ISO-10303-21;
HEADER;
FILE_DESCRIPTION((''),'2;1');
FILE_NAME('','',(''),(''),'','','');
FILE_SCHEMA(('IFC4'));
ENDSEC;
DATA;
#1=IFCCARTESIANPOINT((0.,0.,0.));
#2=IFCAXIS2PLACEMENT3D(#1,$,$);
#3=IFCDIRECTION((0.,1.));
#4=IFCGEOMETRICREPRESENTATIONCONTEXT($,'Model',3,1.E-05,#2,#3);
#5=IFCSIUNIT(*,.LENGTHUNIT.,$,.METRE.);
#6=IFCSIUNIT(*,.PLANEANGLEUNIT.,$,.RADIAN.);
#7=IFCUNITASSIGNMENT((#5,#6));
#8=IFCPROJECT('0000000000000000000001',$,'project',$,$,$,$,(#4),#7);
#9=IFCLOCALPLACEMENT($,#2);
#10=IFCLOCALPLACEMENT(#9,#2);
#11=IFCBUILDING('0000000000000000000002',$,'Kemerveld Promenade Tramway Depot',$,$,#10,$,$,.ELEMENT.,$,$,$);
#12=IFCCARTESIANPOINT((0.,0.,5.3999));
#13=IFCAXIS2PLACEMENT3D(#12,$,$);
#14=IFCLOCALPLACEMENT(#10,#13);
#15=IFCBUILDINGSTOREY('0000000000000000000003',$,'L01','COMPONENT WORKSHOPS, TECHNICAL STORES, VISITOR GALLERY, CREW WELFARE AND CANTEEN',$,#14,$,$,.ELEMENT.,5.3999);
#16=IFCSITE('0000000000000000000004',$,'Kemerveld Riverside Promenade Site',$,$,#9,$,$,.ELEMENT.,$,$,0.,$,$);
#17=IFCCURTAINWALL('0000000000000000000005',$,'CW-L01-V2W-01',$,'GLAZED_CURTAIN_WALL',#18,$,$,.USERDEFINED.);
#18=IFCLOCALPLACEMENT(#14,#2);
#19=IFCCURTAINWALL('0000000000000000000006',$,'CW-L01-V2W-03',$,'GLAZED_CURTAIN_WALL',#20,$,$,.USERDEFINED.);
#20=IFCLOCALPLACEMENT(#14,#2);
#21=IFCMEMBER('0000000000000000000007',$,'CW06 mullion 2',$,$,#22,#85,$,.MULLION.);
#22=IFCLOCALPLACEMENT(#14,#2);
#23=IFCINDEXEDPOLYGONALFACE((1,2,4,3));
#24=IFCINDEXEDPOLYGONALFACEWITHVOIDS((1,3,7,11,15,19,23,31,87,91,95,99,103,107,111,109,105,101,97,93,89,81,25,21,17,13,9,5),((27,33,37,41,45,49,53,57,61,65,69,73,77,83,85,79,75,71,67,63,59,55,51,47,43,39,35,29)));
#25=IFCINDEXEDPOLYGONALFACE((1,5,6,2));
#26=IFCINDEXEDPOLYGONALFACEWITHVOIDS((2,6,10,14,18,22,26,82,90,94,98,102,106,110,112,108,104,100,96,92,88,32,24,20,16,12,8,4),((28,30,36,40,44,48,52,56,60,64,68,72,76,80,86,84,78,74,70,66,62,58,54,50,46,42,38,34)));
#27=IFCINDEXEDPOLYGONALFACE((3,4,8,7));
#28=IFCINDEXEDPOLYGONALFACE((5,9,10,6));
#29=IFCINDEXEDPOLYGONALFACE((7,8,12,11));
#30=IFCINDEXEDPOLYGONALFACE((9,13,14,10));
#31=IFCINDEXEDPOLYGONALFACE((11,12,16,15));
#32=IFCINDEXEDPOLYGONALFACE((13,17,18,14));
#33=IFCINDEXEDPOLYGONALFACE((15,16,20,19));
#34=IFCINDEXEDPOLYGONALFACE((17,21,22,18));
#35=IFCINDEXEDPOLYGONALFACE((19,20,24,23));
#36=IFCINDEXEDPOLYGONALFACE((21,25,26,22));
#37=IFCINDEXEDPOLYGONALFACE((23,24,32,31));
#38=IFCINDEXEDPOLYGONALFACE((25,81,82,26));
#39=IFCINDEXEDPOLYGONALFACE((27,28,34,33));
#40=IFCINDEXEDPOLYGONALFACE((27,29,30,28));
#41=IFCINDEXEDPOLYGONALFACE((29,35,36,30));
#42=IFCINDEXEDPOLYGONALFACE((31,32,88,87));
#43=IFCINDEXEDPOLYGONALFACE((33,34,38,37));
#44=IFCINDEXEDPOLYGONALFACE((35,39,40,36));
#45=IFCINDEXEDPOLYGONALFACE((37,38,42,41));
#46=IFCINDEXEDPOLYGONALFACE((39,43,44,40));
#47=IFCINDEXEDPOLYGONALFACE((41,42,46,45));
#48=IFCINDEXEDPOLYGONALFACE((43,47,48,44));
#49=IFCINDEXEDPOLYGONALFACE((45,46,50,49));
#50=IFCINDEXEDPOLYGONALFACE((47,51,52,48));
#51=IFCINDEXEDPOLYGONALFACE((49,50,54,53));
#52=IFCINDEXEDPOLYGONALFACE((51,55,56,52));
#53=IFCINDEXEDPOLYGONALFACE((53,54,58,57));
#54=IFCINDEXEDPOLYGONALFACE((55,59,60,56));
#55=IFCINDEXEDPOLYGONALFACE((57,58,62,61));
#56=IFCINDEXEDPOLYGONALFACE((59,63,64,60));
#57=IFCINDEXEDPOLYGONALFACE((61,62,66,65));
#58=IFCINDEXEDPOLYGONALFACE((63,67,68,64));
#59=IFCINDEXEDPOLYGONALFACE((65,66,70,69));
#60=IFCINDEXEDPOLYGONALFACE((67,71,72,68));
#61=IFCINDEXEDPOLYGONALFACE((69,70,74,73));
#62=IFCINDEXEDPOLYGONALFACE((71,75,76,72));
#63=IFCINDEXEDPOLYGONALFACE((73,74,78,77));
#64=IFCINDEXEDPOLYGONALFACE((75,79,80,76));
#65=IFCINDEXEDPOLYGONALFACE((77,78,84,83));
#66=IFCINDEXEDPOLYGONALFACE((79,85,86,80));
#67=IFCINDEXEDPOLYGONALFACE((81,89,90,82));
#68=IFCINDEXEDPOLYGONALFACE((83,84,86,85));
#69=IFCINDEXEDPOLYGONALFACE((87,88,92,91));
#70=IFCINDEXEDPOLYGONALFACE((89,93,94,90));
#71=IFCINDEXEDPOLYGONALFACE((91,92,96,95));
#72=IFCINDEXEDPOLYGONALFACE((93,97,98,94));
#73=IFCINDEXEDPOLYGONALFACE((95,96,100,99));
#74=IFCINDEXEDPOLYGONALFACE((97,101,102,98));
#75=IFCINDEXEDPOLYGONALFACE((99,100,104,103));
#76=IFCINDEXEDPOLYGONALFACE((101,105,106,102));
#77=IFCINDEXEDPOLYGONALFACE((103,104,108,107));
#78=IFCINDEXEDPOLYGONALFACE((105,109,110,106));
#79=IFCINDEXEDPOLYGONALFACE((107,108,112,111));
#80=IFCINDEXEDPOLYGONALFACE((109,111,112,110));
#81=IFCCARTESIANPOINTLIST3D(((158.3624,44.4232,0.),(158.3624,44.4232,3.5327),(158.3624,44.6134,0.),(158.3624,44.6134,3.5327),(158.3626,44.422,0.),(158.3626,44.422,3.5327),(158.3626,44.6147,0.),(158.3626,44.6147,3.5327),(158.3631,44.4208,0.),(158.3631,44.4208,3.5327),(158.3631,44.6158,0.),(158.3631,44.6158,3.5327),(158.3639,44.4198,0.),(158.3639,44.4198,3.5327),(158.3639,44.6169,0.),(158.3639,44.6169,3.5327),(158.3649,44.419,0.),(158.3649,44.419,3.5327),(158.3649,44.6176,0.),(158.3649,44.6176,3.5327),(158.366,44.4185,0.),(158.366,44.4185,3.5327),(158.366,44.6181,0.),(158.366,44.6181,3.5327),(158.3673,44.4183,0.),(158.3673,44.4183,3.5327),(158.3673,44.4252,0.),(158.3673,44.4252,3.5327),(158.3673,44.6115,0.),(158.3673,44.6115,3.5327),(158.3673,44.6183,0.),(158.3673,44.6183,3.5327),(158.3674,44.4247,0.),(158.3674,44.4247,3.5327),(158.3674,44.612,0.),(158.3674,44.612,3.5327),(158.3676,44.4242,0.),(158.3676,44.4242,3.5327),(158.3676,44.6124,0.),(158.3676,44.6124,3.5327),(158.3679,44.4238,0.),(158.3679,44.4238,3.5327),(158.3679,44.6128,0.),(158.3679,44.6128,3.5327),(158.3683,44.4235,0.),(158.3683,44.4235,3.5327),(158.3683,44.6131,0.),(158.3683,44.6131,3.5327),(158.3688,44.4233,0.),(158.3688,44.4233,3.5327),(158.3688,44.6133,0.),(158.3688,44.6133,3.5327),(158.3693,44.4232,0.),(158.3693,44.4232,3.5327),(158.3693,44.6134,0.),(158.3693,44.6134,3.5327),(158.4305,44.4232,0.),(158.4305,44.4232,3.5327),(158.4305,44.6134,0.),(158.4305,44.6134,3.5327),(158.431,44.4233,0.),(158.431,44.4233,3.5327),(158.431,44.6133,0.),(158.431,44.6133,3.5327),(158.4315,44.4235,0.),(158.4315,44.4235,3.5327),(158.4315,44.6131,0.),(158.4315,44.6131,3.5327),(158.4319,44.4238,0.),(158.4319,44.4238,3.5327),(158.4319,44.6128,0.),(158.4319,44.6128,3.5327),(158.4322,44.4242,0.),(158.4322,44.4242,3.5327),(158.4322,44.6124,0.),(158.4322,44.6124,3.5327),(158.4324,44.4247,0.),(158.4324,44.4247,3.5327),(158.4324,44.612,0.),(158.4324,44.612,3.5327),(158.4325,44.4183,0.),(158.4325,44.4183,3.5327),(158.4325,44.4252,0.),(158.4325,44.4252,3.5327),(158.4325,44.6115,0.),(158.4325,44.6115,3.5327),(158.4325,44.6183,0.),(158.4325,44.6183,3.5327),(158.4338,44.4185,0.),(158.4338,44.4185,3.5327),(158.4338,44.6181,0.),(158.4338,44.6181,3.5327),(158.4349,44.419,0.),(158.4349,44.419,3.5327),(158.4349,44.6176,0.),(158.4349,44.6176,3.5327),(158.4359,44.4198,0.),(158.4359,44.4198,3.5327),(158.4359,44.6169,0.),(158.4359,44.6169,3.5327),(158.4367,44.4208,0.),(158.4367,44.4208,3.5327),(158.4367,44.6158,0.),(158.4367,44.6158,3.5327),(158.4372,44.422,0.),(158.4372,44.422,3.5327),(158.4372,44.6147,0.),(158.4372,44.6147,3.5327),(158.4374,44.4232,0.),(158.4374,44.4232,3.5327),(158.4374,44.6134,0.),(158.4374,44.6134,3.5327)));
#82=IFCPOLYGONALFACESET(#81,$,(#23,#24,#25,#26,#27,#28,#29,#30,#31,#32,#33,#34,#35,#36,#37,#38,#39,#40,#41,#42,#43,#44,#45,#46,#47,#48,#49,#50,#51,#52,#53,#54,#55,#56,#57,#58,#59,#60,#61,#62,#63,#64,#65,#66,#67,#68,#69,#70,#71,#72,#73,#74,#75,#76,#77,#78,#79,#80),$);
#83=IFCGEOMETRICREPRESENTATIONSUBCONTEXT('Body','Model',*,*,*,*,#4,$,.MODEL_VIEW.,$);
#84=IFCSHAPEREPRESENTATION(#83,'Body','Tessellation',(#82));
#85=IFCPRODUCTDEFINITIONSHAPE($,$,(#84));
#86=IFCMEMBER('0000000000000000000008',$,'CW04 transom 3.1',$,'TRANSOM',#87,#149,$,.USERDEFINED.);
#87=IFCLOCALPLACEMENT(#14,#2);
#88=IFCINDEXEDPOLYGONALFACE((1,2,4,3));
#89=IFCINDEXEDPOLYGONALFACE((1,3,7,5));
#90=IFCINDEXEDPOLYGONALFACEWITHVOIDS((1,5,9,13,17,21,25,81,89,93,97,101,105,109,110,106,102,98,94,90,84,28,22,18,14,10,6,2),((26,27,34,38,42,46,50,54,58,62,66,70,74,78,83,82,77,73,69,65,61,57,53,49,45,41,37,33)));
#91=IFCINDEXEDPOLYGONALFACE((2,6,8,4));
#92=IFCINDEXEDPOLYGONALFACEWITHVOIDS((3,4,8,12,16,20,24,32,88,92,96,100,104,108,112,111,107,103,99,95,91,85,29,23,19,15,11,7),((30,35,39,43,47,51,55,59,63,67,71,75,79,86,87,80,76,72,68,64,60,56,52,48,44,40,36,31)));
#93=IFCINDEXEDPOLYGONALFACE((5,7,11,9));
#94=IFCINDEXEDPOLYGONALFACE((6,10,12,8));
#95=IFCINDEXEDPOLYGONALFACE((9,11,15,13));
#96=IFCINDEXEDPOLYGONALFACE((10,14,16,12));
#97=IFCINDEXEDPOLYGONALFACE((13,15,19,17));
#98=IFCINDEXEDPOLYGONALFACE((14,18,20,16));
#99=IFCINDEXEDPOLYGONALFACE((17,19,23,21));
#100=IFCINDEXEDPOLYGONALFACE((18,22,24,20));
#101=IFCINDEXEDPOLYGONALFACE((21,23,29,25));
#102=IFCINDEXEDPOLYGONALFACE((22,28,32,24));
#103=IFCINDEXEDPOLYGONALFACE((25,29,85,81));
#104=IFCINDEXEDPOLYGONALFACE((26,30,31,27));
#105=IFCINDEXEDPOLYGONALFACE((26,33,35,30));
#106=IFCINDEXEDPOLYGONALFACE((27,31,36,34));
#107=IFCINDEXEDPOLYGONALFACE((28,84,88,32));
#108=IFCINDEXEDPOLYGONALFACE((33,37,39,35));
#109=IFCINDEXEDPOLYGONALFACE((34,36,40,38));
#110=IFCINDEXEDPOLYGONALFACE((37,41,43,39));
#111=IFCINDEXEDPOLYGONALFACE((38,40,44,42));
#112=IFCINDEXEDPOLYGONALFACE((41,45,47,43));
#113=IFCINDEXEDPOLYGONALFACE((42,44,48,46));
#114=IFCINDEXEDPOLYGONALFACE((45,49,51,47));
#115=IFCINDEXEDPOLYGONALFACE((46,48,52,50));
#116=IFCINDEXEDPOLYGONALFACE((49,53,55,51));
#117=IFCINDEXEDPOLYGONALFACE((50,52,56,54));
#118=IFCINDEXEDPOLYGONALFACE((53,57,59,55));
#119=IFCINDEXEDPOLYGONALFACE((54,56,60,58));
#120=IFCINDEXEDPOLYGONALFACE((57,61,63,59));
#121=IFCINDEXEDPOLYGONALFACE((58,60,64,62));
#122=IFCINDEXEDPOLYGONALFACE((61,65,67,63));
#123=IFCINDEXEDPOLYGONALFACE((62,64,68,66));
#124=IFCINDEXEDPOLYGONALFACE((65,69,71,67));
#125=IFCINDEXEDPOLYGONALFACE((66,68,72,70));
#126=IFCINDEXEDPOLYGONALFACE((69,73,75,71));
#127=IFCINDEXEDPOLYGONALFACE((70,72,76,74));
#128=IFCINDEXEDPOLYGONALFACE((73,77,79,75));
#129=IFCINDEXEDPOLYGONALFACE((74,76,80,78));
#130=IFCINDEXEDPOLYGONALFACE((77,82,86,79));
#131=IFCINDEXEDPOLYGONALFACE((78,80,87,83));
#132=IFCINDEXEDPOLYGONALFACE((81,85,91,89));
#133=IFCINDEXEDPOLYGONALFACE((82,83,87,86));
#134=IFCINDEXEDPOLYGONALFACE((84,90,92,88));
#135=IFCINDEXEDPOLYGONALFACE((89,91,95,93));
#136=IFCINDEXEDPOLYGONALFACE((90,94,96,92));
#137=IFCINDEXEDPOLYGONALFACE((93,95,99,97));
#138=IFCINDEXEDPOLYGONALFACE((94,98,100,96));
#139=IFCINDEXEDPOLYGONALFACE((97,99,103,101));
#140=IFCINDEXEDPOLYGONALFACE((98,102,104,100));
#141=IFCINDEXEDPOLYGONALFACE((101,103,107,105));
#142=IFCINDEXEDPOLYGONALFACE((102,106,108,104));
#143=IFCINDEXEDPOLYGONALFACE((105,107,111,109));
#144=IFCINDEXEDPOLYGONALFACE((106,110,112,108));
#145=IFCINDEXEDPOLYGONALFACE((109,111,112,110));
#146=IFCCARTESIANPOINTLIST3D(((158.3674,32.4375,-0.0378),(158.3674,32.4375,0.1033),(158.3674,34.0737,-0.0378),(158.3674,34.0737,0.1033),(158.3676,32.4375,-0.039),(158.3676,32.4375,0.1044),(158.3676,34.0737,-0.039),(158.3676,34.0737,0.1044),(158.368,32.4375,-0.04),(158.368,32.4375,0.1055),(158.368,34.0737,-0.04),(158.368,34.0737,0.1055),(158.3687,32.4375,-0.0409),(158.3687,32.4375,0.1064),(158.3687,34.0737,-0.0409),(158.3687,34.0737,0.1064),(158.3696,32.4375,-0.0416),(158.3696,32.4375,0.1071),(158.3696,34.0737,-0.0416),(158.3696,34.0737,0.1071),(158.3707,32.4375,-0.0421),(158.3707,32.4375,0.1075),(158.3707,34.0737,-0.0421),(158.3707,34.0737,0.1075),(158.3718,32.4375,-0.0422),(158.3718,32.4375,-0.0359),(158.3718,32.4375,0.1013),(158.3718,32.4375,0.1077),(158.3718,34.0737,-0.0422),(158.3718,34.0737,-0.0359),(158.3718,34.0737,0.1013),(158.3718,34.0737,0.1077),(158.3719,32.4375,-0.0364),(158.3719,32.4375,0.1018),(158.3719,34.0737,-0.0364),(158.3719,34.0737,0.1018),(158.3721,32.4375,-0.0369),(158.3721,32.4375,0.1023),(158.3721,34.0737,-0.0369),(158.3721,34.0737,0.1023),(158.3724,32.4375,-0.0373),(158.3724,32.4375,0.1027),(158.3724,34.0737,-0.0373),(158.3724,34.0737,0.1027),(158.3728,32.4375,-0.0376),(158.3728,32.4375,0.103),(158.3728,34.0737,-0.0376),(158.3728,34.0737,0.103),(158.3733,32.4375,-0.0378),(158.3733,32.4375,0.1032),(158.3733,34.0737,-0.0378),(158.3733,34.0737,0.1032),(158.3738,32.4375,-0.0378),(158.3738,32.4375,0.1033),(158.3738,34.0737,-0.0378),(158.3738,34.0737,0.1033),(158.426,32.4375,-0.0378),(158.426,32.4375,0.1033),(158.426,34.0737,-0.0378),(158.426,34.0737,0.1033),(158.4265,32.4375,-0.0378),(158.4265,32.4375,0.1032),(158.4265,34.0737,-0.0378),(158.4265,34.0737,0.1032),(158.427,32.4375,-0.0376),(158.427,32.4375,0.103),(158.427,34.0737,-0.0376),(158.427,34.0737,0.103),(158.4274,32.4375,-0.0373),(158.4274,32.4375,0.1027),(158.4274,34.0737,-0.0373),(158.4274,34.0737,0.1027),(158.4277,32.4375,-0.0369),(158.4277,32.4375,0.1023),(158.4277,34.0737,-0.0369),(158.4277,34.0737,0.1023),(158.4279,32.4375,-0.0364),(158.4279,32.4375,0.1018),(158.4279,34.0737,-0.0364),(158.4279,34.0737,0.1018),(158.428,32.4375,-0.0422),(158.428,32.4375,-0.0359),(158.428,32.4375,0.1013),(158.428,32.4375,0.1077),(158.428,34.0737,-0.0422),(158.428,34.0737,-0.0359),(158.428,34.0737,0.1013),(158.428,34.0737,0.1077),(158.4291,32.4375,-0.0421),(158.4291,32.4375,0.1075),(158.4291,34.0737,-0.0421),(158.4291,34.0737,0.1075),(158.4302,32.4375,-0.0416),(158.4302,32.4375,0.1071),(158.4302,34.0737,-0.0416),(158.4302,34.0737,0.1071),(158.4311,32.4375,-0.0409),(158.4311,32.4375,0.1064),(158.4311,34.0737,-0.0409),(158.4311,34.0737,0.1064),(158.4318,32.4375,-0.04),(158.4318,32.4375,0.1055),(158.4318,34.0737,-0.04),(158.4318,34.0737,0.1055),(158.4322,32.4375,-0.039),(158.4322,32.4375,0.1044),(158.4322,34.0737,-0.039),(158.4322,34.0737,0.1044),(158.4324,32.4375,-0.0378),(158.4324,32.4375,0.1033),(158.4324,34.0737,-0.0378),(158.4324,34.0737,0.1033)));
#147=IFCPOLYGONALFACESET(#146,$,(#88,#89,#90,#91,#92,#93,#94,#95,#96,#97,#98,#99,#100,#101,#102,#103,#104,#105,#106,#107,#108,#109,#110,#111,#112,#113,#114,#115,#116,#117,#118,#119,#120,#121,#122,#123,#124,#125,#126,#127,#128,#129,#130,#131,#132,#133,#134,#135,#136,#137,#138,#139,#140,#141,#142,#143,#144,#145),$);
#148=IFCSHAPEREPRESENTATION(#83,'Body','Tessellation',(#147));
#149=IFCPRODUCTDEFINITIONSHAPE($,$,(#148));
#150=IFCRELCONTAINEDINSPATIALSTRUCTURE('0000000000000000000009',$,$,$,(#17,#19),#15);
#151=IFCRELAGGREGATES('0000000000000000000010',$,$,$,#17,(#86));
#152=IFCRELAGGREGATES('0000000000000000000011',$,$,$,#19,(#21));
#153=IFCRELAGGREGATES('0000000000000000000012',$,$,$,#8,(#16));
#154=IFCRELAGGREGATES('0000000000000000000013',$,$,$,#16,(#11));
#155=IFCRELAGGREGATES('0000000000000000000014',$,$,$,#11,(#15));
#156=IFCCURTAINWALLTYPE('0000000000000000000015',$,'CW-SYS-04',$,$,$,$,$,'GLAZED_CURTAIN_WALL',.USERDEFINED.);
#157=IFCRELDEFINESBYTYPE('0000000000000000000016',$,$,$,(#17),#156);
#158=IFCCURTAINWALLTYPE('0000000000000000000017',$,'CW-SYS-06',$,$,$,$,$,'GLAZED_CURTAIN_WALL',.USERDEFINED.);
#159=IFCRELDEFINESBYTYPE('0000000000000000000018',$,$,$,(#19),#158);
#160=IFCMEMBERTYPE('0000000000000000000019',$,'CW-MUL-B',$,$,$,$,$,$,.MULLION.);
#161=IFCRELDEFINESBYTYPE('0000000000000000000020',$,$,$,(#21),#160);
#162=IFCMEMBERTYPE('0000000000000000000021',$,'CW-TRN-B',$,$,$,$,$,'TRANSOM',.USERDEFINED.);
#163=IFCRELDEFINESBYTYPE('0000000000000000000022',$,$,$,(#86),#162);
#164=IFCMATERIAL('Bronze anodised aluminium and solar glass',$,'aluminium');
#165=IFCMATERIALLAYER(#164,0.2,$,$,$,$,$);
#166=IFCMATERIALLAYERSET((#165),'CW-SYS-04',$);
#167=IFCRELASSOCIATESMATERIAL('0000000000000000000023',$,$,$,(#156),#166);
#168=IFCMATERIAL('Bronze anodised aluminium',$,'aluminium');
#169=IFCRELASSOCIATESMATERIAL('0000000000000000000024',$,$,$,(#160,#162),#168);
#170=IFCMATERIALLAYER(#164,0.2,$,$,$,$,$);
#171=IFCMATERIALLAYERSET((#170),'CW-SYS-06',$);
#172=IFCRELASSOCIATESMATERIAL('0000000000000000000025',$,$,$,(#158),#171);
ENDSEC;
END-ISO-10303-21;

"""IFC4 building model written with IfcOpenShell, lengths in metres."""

from ifc_helpers import new_model, si_unit, direction, frame, origin, origin_2d, place, context, subcontext, project, spatial, hollow_rectangle, extrude, material, layer, layer_set, material_profile, profile_set, type_object, element, aggregate, save


model = new_model("IFC4")

# Units and contexts
model_context = context("Model", 3, precision=1e-05, world=origin(), true_north=direction((0.0, 1.0)))
body_context = subcontext(model_context, "Body", "Model", "MODEL_VIEW")
ifc_project = project(units=[si_unit("LENGTHUNIT", "METRE"), si_unit("PLANEANGLEUNIT", "RADIAN")], contexts=[model_context])

# Site, building, storey
site_placement = place(None, origin())
site = spatial("IfcSite", under=ifc_project, at=site_placement, Name="Kemerveld Riverside Promenade Site", CompositionType="ELEMENT", RefElevation=0.0)
building_placement = place(site_placement, origin())
building = spatial("IfcBuilding", under=site, at=building_placement, Name="Kemerveld Promenade Tramway Depot", CompositionType="ELEMENT")
storey_placement = place(building_placement, frame((0.0, 0.0, 5.3999)))
storey = spatial("IfcBuildingStorey", under=building, at=storey_placement, Name="L01", Description="COMPONENT WORKSHOPS, TECHNICAL STORES, VISITOR GALLERY, CREW WELFARE AND CANTEEN", CompositionType="ELEMENT", Elevation=5.3999)

# Curtain walls, member
ifc_material_1 = material(Name="Bronze anodised aluminium and solar glass", Category="aluminium")
ifc_layer_1 = layer(ifc_material_1, 0.2)
ifc_layer_set_1 = layer_set([ifc_layer_1], Name="CW-SYS-04")
curtain_wall_type_1 = type_object("IfcCurtainWallType", Name="CW-SYS-04", ElementType="GLAZED_CURTAIN_WALL", PredefinedType="USERDEFINED", material=ifc_layer_set_1)
curtain_wall_1_placement = place(storey_placement, origin())
curtain_wall_1 = element("IfcCurtainWall", 1, at=curtain_wall_1_placement, inside=storey, type_object=curtain_wall_type_1, Name="CW-L01-V2W-01", ObjectType="GLAZED_CURTAIN_WALL", PredefinedType="USERDEFINED")
ifc_material_2 = material(Name="Bronze anodised aluminium", Category="aluminium")
ifc_material_profile_1 = material_profile(ifc_material_2, hollow_rectangle(XDim=0.075, YDim=0.2, WallThickness=0.0049, InnerFilletRadius=0.002, OuterFilletRadius=0.0049, at=origin_2d()), Name="CW-MUL-200x75")
ifc_profile_set_1 = profile_set([ifc_material_profile_1], Name="Bronze anodised aluminium")
member_type_1 = type_object("IfcMemberType", Name="CW-MUL-B", PredefinedType="MULLION", material=ifc_profile_set_1)
ifc_layer_2 = layer(ifc_material_1, 0.2)
ifc_layer_set_2 = layer_set([ifc_layer_2], Name="CW-SYS-06")
curtain_wall_type_2 = type_object("IfcCurtainWallType", Name="CW-SYS-06", ElementType="GLAZED_CURTAIN_WALL", PredefinedType="USERDEFINED", material=ifc_layer_set_2)
curtain_wall_2_placement = place(storey_placement, origin())
curtain_wall_2 = element("IfcCurtainWall", 2, at=curtain_wall_2_placement, inside=storey, type_object=curtain_wall_type_2, Name="CW-L01-V2W-03", ObjectType="GLAZED_CURTAIN_WALL", PredefinedType="USERDEFINED")
member_1_placement = place(storey_placement, frame((158.3999, 44.5183, 0.0), z_axis=(0.0, 0.0, 1.0), x_axis=(-1.0, 0.0, 0.0)))
member_1 = element("IfcMember", 3, at=member_1_placement, type_object=member_type_1, Name="CW06 mullion 2", PredefinedType="MULLION", context=body_context, shape_type="SweptSolid", body=[
    extrude(hollow_rectangle(XDim=0.075, YDim=0.2, WallThickness=0.0049, InnerFilletRadius=0.002, OuterFilletRadius=0.0049, at=origin_2d()), origin(), (0.0, 0.0, 1.0), 3.5327),
])

# Member
ifc_material_profile_2 = material_profile(ifc_material_2, hollow_rectangle(XDim=0.0649, YDim=0.1499, WallThickness=0.0044, InnerFilletRadius=0.002, OuterFilletRadius=0.0044, at=origin_2d()), Name="CW-TRN-150x65")
ifc_profile_set_2 = profile_set([ifc_material_profile_2], Name="Bronze anodised aluminium")
member_type_2 = type_object("IfcMemberType", Name="CW-TRN-B", ElementType="TRANSOM", PredefinedType="USERDEFINED", material=ifc_profile_set_2)
member_2_placement = place(storey_placement, frame((158.3999, 32.4375, 0.0327), z_axis=(0.0, 1.0, 0.0), x_axis=(-1.0, 0.0, 0.0)))
member_2 = element("IfcMember", 4, at=member_2_placement, type_object=member_type_2, Name="CW04 transom 3.1", ObjectType="TRANSOM", PredefinedType="USERDEFINED", context=body_context, shape_type="SweptSolid", body=[
    extrude(hollow_rectangle(XDim=0.0649, YDim=0.1499, WallThickness=0.0044, InnerFilletRadius=0.002, OuterFilletRadius=0.0044, at=origin_2d()), origin(), (0.0, 0.0, 1.0), 1.6362),
])

aggregate(curtain_wall_1, [member_2])
aggregate(curtain_wall_2, [member_1])

save(model, "model.ifc")
